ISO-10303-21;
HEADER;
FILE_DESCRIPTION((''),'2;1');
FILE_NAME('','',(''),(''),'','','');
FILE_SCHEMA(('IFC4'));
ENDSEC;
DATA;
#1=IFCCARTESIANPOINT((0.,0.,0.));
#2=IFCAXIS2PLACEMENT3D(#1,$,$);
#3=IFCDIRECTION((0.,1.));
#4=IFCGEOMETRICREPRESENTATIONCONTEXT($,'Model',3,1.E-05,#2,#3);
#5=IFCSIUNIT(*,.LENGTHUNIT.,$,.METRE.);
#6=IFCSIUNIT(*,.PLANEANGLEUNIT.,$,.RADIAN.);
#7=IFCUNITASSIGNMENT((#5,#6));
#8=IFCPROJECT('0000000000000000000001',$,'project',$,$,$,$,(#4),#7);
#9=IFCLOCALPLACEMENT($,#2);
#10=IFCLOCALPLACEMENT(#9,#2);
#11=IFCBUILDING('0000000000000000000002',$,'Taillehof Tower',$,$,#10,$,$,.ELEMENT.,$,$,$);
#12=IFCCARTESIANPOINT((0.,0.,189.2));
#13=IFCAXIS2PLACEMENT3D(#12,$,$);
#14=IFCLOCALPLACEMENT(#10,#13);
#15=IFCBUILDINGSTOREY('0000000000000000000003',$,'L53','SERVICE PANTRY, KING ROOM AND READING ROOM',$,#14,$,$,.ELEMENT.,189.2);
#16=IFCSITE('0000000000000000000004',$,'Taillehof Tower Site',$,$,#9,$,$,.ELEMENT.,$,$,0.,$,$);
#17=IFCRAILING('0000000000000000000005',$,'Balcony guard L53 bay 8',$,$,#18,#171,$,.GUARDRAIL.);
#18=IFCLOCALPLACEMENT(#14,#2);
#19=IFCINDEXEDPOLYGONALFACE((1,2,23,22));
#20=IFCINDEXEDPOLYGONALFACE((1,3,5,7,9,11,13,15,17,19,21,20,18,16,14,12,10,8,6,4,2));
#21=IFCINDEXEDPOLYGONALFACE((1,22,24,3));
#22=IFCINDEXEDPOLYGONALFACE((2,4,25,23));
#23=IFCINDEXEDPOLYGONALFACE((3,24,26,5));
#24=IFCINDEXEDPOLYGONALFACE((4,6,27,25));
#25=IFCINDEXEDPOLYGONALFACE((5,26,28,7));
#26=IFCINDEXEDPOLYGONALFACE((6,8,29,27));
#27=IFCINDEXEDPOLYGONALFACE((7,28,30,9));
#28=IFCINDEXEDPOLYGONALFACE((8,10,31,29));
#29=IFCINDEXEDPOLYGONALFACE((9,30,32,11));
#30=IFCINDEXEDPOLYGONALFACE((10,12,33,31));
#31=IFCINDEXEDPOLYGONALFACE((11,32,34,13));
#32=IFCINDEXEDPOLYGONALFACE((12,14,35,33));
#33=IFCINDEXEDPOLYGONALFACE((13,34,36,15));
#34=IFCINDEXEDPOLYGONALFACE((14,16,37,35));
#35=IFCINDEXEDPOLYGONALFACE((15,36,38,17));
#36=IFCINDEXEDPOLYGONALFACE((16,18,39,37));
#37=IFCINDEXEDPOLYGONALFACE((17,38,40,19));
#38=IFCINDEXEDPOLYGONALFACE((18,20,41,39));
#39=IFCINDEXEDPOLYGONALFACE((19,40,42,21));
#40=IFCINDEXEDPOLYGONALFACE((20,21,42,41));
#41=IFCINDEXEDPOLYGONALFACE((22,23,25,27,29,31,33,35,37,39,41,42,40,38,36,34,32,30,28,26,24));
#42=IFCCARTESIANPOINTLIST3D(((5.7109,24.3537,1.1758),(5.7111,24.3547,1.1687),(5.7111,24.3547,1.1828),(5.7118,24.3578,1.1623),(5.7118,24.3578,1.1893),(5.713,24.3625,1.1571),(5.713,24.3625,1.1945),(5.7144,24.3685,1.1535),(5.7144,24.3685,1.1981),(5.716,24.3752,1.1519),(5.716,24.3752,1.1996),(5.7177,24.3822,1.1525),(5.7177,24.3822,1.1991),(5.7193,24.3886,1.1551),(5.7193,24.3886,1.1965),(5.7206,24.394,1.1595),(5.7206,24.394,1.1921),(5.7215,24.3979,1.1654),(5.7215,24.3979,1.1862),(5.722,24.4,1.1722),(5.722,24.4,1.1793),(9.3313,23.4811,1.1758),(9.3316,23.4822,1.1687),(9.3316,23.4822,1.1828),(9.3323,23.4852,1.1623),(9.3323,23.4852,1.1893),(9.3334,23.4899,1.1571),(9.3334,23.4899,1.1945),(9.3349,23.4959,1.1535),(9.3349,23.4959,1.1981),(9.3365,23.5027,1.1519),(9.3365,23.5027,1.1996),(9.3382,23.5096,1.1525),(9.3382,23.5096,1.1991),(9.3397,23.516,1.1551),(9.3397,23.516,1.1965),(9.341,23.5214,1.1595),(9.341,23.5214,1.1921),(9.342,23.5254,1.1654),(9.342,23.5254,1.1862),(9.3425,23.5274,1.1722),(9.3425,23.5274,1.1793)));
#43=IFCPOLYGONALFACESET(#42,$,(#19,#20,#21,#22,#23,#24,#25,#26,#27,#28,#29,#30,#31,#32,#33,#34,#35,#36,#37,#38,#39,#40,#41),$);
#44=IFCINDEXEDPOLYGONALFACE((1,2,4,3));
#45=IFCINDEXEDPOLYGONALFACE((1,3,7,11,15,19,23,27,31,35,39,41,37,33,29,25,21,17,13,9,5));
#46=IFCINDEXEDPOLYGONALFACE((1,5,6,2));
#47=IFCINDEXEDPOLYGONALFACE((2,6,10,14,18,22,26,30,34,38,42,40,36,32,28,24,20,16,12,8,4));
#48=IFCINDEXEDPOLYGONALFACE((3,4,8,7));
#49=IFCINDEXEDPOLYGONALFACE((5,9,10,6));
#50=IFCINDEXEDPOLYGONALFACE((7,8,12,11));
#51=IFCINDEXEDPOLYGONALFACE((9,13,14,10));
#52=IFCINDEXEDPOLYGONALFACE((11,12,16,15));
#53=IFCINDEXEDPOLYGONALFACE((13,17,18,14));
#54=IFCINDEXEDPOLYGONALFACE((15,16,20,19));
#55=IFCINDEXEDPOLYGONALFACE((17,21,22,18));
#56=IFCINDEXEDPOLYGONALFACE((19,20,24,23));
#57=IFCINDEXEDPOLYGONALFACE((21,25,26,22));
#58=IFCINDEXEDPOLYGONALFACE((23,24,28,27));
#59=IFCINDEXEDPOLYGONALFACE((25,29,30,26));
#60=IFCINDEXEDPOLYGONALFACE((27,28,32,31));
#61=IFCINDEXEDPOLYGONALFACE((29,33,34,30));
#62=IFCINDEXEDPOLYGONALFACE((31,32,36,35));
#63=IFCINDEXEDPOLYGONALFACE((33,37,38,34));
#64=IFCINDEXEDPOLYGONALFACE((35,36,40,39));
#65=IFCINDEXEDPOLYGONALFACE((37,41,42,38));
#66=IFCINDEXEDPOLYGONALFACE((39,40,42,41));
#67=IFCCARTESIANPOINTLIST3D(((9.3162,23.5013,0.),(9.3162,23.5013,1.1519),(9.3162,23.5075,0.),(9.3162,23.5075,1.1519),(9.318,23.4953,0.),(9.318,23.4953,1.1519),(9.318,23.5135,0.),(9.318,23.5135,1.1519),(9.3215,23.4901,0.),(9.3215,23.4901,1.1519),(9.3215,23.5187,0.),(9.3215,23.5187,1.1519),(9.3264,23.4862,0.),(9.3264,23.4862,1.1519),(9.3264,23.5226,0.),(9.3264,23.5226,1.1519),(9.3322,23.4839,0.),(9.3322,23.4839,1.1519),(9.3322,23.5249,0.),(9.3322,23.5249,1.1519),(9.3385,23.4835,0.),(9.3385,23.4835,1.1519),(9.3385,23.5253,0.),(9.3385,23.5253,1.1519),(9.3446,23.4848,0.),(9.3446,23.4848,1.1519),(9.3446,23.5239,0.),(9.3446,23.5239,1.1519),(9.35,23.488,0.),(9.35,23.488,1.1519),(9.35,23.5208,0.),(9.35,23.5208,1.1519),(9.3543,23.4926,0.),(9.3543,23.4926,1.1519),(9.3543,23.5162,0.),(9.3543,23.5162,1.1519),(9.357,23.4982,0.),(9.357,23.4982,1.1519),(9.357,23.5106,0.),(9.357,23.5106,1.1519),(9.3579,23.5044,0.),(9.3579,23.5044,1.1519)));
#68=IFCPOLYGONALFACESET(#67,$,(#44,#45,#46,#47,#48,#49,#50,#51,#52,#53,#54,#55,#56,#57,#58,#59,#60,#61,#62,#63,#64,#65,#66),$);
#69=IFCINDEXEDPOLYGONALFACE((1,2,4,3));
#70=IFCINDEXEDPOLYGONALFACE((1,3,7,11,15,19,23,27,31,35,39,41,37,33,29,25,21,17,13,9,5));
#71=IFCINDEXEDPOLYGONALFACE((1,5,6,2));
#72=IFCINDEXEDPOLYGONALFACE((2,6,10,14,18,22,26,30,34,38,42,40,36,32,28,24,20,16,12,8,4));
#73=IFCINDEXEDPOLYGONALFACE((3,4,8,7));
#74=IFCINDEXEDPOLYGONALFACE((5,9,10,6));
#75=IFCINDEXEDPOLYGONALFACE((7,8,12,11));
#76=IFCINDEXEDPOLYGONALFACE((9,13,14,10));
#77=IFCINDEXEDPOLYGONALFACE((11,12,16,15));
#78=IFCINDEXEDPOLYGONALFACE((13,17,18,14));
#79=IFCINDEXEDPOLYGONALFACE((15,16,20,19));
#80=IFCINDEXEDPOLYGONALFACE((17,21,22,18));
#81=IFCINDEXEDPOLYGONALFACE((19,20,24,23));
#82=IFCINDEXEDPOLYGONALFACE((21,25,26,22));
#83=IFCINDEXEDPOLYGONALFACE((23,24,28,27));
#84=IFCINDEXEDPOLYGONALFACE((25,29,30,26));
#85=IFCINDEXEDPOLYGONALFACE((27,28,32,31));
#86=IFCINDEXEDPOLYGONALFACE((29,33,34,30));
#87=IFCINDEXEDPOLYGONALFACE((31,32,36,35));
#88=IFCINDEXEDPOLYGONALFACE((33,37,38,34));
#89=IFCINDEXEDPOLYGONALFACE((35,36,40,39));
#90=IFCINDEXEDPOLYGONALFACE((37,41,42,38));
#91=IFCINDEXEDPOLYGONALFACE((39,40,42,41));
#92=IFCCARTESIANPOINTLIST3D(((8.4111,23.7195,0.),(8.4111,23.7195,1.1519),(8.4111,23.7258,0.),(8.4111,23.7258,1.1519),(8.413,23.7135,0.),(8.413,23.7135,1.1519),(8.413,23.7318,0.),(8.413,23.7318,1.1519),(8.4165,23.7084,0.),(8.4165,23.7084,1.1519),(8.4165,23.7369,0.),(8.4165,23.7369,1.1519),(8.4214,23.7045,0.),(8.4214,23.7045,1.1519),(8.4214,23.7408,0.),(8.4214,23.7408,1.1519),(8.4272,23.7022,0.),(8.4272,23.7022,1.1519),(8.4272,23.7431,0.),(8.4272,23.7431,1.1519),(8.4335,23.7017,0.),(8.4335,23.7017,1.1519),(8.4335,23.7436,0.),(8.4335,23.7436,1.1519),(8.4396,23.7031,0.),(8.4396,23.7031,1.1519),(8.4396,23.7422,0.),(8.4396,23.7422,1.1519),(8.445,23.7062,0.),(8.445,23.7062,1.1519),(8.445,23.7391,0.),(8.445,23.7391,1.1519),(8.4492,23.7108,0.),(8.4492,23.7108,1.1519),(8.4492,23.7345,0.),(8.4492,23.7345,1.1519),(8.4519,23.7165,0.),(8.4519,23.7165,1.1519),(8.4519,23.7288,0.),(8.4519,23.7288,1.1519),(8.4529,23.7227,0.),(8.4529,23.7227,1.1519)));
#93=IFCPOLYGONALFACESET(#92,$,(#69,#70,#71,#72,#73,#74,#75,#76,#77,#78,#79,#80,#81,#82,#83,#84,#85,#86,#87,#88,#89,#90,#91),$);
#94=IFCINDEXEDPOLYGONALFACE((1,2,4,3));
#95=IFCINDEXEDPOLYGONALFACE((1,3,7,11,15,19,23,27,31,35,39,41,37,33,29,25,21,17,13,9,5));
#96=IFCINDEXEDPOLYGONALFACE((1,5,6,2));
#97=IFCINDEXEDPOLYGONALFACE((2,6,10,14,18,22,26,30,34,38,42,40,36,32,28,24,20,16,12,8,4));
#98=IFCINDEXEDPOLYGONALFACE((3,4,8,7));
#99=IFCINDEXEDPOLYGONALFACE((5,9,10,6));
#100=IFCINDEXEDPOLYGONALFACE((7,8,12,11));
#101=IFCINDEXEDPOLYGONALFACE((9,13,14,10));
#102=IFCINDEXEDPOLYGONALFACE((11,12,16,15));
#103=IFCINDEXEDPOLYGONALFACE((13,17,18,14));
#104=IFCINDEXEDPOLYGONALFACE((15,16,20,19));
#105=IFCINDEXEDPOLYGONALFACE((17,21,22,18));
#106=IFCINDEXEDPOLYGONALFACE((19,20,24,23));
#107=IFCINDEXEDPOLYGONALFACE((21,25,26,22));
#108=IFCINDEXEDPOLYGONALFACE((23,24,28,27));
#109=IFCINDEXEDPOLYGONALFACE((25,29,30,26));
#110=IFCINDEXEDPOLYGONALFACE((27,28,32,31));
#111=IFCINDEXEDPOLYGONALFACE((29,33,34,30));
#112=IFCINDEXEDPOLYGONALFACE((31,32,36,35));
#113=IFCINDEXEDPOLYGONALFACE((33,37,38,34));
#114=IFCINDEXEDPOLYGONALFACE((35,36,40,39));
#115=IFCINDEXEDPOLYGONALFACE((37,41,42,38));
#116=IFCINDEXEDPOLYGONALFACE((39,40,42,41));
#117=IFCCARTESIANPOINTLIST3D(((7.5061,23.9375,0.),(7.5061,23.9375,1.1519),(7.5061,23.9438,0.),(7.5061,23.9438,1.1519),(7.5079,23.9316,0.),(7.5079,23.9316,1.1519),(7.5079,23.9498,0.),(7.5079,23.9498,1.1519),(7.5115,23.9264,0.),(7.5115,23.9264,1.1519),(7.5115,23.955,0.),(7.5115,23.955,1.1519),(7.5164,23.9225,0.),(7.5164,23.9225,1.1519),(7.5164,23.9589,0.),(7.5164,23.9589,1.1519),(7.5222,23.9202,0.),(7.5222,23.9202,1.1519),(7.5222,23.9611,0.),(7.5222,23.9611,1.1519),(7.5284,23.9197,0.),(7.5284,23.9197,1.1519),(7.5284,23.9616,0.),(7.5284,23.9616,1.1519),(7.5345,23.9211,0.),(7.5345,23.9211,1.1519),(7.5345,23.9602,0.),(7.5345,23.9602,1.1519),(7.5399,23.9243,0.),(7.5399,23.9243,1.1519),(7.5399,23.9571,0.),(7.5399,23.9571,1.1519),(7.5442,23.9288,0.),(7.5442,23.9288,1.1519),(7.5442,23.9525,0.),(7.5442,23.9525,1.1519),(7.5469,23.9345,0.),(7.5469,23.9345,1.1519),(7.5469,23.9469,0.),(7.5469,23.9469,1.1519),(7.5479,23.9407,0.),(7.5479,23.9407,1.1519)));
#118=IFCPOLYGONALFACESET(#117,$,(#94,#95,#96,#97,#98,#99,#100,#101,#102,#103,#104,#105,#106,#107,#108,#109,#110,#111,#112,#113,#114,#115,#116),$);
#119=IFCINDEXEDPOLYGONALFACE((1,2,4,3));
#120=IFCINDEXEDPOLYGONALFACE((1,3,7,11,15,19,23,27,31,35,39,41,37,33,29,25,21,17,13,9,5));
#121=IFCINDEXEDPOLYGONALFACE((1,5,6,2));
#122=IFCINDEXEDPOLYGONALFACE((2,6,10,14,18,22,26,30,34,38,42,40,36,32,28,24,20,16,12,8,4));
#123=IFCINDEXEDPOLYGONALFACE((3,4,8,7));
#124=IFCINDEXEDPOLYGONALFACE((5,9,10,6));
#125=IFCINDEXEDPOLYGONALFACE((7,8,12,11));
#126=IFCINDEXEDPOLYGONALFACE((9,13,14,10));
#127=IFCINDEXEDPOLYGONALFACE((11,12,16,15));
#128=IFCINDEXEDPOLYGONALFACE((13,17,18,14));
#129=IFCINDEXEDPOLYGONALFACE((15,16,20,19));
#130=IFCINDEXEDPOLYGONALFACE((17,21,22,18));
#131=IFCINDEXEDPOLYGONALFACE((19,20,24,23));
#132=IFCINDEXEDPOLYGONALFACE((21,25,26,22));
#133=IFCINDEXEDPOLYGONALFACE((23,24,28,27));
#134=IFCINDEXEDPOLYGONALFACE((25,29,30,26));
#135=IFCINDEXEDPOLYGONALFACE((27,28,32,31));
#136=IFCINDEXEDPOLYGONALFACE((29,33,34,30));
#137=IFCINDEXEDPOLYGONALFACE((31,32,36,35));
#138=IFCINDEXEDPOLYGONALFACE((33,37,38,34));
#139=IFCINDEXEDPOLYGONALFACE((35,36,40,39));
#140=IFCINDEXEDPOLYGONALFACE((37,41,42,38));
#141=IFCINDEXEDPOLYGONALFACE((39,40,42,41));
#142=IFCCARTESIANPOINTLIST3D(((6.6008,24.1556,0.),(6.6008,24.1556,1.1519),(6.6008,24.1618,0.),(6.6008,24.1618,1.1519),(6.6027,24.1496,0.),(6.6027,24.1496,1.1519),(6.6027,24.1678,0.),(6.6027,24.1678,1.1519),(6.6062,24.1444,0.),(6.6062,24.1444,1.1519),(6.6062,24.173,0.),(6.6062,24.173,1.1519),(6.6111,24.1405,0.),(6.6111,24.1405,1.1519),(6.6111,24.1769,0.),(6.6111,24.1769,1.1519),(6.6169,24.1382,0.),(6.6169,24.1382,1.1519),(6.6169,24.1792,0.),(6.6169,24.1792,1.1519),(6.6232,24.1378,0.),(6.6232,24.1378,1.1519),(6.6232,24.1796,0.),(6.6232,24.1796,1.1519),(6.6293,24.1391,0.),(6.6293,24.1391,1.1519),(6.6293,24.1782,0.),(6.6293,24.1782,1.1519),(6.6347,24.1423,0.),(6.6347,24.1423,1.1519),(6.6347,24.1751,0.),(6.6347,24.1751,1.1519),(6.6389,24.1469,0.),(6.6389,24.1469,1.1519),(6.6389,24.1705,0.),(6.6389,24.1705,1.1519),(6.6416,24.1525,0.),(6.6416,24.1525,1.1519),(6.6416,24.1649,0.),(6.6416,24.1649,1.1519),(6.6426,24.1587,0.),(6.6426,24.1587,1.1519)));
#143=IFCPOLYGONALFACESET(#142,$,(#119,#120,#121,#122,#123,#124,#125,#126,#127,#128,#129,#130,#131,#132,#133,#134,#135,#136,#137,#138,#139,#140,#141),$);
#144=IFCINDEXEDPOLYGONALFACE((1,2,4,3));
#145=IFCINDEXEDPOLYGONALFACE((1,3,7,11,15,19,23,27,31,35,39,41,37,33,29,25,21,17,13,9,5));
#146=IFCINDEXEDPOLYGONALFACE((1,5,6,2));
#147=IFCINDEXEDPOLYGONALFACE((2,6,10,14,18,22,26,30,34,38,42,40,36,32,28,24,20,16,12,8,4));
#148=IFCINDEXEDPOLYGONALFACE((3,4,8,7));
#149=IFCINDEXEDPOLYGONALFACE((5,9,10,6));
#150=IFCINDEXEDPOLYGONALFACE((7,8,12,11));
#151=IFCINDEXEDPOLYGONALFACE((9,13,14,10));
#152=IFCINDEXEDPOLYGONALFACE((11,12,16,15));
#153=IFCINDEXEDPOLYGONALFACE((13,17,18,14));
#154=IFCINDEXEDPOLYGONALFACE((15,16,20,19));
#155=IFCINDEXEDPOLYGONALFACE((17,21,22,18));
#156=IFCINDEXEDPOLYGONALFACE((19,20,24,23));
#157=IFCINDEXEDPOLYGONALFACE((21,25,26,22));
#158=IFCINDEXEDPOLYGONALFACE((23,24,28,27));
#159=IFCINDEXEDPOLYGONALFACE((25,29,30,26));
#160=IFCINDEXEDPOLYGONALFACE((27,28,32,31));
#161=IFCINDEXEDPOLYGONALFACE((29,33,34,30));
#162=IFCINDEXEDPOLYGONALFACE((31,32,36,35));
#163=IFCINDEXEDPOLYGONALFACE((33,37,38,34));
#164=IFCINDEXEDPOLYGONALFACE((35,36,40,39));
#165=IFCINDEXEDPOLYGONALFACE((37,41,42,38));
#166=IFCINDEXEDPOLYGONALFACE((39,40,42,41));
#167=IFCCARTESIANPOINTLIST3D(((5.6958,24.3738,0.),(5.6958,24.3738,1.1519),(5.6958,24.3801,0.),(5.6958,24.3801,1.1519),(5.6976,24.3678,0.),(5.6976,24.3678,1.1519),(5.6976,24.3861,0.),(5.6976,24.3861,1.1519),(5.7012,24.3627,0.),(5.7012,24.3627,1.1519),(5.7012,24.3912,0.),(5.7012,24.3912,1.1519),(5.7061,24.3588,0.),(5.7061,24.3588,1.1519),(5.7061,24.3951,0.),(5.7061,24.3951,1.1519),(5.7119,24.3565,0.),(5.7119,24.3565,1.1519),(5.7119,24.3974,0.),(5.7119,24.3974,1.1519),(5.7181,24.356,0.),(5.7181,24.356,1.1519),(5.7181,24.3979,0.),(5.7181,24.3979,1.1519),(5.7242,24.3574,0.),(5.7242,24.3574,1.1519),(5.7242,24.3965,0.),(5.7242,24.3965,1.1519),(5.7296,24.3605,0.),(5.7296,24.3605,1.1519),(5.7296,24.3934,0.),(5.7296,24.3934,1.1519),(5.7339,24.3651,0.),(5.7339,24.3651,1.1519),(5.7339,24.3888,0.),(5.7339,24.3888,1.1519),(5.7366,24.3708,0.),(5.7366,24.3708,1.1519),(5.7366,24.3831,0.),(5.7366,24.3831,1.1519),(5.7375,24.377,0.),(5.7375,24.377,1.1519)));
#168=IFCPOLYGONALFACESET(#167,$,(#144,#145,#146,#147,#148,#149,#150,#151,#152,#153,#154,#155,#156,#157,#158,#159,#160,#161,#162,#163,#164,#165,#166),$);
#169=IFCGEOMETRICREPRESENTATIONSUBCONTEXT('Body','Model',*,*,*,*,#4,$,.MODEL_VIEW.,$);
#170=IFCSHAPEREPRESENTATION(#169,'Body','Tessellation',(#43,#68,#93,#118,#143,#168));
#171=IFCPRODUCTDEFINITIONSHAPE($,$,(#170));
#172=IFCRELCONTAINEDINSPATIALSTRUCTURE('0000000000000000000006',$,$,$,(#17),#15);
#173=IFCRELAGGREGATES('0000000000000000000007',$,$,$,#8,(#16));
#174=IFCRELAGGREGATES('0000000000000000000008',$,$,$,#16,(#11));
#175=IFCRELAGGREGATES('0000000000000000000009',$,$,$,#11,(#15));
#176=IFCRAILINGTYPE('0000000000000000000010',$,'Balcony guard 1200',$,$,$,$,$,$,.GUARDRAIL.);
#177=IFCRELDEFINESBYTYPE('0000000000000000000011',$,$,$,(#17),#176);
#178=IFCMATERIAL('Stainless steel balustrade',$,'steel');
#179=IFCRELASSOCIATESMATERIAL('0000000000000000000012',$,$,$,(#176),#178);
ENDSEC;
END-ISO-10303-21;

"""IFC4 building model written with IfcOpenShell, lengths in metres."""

from ifc_helpers import new_model, si_unit, direction, frame, origin, origin_2d, place, context, subcontext, project, spatial, circle, extrude, material, type_object, element, save


model = new_model("IFC4")

# Units and contexts
model_context = context("Model", 3, precision=1e-05, world=origin(), true_north=direction((0.0, 1.0)))
body_context = subcontext(model_context, "Body", "Model", "MODEL_VIEW")
ifc_project = project(units=[si_unit("LENGTHUNIT", "METRE"), si_unit("PLANEANGLEUNIT", "RADIAN")], contexts=[model_context])

# Site, building, storey
site_placement = place(None, origin())
site = spatial("IfcSite", under=ifc_project, at=site_placement, Name="Taillehof Tower Site", CompositionType="ELEMENT", RefElevation=0.0)
building_placement = place(site_placement, origin())
building = spatial("IfcBuilding", under=site, at=building_placement, Name="Taillehof Tower", CompositionType="ELEMENT")
storey_placement = place(building_placement, frame((0.0, 0.0, 189.2)))
storey = spatial("IfcBuildingStorey", under=building, at=storey_placement, Name="L53", Description="SERVICE PANTRY, KING ROOM AND READING ROOM", CompositionType="ELEMENT", Elevation=189.2)

# Railing
ifc_material_1 = material(Name="Stainless steel balustrade", Category="steel")
railing_type = type_object("IfcRailingType", Name="Balcony guard 1200", PredefinedType="GUARDRAIL", material=ifc_material_1)
railing_placement = place(storey_placement, frame((9.3369, 23.5044, 0.0)))
element("IfcRailing", 1, at=railing_placement, inside=storey, type_object=railing_type, Name="Balcony guard L53 bay 8", PredefinedType="GUARDRAIL", context=body_context, shape_type="SweptSolid", body=[
    extrude(circle(Radius=0.0239, at=origin_2d()), frame((0.0, 0.0, 1.1758), z_axis=(-0.972163, 0.234305, 0.0), x_axis=(-0.234305, -0.972163, 0.0)), (0.0, 0.0, 1.0), 3.7241),
    extrude(circle(Radius=0.021, at=origin_2d()), origin(), (0.0, 0.0, 1.0), 1.1519),
    extrude(circle(Radius=0.021, at=origin_2d()), frame((-0.905, 0.2183, 0.0)), (0.0, 0.0, 1.0), 1.1519),
    extrude(circle(Radius=0.021, at=origin_2d()), frame((-1.8101, 0.4363, 0.0)), (0.0, 0.0, 1.0), 1.1519),
    extrude(circle(Radius=0.021, at=origin_2d()), frame((-2.7153, 0.6543, 0.0)), (0.0, 0.0, 1.0), 1.1519),
    extrude(circle(Radius=0.021, at=origin_2d()), frame((-3.6204, 0.8726, 0.0)), (0.0, 0.0, 1.0), 1.1519),
])

save(model, "model.ifc")
